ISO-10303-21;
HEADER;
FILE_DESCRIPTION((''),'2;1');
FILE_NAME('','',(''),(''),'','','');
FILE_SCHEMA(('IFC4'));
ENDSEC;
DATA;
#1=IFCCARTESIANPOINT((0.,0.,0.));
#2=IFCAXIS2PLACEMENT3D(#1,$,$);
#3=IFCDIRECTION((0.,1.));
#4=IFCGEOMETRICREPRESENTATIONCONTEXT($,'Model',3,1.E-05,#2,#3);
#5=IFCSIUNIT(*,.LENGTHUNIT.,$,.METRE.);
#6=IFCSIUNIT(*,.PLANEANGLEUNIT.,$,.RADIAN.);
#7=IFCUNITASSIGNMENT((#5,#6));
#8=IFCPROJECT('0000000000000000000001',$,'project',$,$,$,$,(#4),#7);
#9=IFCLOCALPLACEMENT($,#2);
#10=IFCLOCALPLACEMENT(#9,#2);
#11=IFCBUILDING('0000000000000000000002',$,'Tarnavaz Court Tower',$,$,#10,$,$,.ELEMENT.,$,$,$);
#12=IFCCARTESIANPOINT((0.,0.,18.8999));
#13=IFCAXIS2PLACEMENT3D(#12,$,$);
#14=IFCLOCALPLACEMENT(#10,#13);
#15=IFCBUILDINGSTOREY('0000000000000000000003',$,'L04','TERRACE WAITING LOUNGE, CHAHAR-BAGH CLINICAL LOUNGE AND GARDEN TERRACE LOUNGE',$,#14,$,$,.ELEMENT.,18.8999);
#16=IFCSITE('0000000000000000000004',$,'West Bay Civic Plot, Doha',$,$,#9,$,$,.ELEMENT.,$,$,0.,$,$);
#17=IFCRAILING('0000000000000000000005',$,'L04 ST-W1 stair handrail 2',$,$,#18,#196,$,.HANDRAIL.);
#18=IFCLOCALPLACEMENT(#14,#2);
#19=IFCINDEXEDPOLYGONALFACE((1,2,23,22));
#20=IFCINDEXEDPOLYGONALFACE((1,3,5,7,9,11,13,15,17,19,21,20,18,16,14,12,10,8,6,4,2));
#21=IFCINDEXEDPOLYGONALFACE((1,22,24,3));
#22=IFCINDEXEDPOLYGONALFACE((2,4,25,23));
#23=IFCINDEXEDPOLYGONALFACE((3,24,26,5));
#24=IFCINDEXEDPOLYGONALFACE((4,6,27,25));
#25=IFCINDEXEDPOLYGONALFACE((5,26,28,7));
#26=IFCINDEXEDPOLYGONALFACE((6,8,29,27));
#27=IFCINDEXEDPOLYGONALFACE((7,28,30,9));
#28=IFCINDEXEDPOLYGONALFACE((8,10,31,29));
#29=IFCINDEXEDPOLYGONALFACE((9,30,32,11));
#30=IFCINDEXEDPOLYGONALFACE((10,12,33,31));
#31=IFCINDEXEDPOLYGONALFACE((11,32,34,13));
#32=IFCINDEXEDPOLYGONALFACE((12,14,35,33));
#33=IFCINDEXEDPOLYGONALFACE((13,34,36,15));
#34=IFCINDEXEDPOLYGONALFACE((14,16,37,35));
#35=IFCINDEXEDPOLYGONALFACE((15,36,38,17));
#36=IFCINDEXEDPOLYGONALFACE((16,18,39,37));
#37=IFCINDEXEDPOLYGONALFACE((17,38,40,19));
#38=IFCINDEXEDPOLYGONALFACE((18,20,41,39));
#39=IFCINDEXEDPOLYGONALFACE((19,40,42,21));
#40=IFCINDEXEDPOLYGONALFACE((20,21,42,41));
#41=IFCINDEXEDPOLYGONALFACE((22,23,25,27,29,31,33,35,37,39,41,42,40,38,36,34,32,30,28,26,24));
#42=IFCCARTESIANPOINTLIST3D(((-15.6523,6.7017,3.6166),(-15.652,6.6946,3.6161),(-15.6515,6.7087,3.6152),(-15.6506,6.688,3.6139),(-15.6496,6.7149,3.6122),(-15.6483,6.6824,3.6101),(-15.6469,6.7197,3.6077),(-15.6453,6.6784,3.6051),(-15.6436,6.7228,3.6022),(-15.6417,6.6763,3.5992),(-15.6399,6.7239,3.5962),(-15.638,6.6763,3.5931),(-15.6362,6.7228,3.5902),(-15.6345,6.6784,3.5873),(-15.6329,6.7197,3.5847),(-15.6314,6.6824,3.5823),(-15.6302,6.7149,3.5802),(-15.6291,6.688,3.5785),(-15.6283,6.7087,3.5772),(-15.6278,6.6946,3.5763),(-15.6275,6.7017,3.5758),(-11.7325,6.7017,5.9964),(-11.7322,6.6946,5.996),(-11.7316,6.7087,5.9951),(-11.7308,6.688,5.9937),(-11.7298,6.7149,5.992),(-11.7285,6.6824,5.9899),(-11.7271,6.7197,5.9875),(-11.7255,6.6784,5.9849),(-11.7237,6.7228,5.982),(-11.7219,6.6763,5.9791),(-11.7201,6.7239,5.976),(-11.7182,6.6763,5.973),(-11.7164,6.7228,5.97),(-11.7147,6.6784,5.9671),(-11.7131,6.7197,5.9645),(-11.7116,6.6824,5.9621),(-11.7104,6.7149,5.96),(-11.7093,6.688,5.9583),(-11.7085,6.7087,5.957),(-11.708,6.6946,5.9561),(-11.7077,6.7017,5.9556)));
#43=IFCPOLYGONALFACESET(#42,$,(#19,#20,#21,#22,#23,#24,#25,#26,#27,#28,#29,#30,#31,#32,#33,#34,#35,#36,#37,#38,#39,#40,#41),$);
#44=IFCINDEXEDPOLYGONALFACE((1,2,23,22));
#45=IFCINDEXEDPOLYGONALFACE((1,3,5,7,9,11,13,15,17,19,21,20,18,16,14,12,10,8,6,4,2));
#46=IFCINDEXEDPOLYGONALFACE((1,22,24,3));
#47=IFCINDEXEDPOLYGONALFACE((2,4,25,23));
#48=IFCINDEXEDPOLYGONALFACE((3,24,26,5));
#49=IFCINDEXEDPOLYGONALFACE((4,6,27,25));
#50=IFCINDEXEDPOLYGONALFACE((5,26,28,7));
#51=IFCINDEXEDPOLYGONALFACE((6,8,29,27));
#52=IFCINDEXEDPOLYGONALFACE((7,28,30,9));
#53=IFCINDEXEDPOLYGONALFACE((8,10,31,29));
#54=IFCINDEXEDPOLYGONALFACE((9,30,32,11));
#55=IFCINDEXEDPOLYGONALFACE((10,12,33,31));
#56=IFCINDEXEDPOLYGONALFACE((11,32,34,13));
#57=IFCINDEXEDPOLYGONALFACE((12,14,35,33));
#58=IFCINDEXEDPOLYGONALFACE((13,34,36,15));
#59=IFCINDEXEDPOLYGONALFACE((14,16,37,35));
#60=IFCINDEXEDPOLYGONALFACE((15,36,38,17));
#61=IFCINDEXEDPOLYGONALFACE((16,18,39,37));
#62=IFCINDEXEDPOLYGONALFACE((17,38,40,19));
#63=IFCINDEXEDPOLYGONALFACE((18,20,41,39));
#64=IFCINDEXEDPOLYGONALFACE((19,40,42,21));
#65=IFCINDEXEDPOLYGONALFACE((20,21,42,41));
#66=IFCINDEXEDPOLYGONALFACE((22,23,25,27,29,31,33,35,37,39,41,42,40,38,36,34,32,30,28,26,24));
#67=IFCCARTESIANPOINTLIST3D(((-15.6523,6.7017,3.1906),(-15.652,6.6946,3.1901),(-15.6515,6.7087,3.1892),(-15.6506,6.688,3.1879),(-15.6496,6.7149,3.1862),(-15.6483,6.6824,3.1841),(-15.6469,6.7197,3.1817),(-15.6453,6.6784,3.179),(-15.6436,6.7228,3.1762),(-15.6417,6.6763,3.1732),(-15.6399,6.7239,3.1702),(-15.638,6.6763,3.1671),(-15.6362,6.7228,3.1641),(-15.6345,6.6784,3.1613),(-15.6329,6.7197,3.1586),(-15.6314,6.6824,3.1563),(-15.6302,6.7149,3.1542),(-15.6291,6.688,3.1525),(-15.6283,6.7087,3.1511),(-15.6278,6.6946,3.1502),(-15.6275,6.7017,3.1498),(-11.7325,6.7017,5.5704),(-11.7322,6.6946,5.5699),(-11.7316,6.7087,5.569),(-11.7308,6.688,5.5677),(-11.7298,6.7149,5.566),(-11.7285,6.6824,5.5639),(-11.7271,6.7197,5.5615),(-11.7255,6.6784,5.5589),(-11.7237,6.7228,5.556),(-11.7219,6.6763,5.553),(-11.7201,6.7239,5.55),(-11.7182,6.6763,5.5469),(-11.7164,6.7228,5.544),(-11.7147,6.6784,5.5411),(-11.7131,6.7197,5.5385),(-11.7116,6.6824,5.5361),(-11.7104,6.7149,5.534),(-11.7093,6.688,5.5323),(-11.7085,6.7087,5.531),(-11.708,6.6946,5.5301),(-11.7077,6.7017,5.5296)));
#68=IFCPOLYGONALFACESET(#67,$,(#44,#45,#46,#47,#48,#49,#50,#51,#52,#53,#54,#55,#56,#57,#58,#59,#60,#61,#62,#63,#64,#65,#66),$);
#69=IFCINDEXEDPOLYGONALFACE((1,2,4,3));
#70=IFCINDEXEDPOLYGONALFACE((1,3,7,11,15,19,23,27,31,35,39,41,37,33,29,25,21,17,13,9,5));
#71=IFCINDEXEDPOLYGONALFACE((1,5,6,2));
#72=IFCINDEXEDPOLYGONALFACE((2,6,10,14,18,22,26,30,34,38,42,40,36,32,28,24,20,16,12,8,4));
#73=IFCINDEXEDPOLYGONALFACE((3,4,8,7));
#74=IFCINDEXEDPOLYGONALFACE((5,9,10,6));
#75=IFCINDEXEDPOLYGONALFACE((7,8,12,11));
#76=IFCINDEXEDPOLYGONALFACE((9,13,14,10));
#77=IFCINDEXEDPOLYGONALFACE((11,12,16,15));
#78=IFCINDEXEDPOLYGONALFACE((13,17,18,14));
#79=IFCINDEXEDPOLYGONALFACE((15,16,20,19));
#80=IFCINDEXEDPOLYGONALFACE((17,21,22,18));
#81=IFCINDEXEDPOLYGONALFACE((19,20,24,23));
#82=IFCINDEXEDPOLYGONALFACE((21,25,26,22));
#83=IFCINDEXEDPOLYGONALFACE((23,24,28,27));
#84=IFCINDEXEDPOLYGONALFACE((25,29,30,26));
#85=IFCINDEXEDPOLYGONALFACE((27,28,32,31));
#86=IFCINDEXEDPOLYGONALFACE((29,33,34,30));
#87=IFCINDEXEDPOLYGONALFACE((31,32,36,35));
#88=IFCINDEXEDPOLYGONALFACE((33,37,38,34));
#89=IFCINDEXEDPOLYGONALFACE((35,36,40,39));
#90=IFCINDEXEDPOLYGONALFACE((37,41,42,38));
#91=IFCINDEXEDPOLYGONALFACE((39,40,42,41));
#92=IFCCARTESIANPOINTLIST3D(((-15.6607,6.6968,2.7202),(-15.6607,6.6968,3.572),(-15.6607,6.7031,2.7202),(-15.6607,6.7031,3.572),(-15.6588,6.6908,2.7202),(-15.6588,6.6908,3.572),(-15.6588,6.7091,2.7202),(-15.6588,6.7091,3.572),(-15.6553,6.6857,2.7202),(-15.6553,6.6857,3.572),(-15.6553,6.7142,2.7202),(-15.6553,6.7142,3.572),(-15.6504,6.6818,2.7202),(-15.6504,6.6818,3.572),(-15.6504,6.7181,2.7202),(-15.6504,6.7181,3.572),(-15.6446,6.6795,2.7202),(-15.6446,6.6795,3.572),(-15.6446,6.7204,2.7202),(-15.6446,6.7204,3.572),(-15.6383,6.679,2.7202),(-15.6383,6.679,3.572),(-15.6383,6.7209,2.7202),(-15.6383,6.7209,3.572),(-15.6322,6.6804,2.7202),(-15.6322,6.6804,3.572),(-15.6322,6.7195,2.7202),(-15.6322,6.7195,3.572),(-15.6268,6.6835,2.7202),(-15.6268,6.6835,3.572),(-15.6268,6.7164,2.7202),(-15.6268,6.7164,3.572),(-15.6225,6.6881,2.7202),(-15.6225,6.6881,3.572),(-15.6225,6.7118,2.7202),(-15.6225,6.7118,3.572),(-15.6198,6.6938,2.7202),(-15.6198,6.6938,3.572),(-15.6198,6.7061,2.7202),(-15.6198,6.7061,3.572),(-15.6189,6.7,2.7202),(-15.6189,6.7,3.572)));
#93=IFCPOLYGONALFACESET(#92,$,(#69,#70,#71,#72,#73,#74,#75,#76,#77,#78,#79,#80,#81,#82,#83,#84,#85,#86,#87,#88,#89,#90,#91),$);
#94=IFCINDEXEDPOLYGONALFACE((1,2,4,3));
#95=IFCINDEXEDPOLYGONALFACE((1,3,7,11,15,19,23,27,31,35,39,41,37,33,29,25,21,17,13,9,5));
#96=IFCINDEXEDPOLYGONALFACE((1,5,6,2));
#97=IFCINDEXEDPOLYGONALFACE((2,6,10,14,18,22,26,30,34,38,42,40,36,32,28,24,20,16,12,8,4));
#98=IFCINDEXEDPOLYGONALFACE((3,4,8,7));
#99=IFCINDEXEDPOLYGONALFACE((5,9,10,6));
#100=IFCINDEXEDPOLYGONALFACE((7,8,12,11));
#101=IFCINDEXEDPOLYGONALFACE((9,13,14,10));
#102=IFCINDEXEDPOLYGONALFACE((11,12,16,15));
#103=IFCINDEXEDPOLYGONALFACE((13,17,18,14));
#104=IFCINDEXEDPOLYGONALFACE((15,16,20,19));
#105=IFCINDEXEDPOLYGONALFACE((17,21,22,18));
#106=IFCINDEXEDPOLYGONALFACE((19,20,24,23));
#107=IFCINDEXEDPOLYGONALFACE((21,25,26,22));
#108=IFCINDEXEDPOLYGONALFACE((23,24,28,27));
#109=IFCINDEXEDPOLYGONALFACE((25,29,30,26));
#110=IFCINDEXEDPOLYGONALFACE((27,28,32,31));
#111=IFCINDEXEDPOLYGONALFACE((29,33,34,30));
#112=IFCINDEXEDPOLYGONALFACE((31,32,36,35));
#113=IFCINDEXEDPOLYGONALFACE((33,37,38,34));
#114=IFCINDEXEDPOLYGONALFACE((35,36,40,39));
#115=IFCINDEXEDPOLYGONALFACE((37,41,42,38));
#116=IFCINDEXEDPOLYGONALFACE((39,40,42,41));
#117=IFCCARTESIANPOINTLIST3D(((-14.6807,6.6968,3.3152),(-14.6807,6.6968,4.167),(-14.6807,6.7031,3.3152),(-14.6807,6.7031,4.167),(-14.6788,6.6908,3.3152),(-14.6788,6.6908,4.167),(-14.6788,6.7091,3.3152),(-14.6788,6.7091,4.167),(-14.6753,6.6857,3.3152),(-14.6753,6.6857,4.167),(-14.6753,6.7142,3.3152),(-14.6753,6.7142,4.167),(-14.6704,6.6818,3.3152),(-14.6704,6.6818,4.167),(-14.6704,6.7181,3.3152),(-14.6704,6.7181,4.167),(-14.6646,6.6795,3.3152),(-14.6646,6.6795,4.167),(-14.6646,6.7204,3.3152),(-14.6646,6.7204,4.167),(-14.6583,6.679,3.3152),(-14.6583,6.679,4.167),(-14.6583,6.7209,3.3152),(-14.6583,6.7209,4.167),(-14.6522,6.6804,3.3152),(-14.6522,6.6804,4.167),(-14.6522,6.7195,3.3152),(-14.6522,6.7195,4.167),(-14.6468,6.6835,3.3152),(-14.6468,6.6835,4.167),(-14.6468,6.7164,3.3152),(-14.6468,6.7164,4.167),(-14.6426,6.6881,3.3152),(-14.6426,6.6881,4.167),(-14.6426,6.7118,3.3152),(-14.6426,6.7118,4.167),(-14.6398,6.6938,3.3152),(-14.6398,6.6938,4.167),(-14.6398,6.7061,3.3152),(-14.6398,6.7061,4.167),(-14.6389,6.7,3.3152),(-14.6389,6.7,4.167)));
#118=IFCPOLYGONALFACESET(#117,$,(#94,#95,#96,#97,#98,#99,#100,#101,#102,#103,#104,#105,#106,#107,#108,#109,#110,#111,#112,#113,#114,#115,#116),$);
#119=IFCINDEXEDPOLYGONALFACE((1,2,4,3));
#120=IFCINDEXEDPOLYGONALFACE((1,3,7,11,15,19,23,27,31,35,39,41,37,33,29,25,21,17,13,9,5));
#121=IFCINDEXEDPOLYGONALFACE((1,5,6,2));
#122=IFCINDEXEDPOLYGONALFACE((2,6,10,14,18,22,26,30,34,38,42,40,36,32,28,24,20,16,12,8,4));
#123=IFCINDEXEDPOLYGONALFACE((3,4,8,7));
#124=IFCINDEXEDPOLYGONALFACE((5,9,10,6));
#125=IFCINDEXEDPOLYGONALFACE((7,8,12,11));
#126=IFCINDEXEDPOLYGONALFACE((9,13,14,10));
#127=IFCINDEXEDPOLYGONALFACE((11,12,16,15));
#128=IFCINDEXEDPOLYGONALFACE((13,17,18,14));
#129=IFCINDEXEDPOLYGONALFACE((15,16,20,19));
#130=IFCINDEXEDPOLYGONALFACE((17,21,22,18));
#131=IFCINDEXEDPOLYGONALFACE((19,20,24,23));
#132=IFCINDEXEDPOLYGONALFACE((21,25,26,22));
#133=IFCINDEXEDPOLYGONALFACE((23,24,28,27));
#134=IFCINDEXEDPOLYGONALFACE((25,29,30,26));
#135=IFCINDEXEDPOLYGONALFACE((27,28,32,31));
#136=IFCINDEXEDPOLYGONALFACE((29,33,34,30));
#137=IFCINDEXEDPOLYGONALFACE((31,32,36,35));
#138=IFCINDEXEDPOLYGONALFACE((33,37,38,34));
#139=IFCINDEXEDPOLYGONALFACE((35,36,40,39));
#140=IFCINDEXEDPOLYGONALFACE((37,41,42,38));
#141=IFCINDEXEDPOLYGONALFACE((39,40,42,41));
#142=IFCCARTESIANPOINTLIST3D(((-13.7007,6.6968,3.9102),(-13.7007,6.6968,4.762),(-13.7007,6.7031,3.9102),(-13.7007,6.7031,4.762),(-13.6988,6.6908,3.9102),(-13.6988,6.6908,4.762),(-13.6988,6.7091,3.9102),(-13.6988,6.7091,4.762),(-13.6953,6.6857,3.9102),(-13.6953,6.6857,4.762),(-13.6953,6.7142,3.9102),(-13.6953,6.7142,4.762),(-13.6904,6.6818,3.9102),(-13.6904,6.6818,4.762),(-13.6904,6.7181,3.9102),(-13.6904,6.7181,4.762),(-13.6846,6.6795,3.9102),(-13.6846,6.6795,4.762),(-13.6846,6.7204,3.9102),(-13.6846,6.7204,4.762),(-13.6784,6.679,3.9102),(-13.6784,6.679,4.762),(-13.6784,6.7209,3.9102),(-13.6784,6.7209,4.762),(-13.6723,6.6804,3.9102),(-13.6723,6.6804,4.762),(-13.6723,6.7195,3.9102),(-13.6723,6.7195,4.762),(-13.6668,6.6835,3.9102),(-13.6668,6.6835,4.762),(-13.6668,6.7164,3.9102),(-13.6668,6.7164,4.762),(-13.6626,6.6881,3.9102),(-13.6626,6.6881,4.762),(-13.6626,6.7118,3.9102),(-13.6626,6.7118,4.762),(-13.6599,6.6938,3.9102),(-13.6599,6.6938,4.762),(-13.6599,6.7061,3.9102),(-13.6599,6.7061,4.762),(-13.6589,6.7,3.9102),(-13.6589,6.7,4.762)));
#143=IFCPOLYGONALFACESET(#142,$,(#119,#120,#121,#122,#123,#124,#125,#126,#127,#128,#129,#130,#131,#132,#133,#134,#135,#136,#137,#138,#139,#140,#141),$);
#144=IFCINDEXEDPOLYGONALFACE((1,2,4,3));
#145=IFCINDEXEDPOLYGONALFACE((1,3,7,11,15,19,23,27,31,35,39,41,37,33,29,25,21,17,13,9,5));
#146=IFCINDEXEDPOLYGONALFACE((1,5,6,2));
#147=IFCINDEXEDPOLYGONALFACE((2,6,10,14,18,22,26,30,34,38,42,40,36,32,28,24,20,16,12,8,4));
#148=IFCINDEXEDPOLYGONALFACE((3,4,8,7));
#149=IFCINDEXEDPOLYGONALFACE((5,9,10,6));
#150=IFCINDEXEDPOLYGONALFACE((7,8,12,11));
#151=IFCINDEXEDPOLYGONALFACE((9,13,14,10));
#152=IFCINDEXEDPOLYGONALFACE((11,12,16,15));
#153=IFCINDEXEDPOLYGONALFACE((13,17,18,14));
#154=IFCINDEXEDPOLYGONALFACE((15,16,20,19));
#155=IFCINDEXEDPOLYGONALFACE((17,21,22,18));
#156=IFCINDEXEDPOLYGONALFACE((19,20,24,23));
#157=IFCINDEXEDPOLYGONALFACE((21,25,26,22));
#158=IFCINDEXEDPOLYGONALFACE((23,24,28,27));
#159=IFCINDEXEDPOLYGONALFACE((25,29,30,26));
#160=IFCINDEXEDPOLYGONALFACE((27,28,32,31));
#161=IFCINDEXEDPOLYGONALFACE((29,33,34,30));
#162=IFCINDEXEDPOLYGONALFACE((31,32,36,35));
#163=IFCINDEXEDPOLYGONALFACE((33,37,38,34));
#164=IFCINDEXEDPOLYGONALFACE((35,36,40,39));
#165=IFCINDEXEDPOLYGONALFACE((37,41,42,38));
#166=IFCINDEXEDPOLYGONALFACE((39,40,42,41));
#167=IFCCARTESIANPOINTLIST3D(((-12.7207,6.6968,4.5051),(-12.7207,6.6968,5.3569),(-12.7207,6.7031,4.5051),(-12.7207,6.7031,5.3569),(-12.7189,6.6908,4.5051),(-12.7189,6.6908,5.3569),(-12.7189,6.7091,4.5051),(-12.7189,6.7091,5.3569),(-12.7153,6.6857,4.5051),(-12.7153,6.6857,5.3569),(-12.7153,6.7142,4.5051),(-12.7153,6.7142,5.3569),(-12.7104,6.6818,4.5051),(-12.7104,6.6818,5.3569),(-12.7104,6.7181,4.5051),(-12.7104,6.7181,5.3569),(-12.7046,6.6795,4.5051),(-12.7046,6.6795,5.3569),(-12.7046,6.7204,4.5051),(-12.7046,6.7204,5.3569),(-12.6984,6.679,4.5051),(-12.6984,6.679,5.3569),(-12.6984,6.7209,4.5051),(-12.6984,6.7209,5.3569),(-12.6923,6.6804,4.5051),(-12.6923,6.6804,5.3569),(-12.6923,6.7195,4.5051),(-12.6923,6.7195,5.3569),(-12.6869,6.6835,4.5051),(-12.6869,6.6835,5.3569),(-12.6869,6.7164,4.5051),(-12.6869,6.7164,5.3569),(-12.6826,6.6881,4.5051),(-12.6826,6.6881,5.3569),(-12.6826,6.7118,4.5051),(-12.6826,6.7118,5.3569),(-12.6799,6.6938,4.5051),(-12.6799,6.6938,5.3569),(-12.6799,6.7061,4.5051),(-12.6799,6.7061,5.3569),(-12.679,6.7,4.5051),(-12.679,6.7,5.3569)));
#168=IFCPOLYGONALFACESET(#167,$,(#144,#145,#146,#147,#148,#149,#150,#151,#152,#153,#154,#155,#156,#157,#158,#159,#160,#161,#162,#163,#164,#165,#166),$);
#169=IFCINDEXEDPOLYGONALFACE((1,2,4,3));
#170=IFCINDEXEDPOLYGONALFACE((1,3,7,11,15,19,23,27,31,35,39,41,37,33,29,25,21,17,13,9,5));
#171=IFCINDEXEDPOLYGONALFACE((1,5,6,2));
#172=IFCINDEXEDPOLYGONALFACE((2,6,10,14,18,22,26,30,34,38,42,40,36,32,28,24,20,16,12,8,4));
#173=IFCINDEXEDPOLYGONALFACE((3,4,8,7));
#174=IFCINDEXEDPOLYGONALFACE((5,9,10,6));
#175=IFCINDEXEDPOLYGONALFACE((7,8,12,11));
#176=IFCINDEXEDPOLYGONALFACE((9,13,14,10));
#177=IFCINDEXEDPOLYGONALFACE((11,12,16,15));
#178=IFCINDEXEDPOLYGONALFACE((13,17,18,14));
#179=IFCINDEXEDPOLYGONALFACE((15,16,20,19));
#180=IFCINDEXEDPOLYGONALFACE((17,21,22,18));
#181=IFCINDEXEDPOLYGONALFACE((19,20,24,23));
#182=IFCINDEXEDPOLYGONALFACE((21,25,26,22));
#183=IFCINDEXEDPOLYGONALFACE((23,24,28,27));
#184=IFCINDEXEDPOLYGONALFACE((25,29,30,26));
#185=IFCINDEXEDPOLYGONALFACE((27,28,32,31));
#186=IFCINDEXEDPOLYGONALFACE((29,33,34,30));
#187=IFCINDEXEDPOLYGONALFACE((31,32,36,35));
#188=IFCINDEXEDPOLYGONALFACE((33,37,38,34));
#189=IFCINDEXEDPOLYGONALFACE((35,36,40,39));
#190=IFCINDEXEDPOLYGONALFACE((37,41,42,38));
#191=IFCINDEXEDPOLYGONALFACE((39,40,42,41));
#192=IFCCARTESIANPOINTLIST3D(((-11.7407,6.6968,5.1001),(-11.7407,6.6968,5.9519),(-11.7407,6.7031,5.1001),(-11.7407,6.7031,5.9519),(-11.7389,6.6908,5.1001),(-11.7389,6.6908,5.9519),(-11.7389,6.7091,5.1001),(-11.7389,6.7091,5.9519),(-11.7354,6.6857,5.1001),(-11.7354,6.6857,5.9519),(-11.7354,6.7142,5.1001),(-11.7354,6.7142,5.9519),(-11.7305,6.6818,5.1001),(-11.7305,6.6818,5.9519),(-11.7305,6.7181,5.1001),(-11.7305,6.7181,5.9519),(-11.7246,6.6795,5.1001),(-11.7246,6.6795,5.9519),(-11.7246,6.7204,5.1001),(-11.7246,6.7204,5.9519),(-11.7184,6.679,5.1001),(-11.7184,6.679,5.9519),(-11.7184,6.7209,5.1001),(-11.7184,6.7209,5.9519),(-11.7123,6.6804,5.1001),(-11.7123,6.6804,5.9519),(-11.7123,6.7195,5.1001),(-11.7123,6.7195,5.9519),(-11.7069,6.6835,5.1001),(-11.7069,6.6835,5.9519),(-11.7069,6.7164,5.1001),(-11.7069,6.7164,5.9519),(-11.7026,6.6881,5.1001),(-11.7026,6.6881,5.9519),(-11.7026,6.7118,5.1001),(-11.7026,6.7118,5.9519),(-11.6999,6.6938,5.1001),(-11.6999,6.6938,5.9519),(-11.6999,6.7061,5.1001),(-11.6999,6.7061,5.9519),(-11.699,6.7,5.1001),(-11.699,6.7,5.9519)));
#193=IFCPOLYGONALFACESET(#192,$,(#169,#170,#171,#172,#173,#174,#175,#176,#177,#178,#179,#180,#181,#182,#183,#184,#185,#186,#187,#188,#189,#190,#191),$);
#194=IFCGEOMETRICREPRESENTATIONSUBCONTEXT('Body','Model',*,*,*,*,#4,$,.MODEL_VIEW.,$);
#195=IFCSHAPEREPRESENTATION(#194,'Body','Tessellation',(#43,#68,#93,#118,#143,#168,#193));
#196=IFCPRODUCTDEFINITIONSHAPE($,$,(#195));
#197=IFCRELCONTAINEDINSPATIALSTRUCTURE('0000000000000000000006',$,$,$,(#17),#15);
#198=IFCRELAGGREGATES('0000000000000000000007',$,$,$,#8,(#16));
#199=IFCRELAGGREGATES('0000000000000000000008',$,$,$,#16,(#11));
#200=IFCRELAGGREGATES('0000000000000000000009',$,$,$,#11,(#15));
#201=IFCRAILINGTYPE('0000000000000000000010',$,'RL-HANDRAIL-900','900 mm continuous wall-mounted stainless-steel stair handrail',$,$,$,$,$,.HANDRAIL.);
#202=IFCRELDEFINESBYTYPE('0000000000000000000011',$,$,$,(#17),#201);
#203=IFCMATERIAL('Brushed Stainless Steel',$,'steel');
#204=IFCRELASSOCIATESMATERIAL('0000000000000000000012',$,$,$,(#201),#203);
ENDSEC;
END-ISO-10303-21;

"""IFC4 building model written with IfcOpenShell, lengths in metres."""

from ifc_helpers import new_model, si_unit, direction, frame, origin, origin_2d, place, context, subcontext, project, spatial, circle, extrude, material, type_object, element, save


model = new_model("IFC4")

# Units and contexts
model_context = context("Model", 3, precision=1e-05, world=origin(), true_north=direction((0.0, 1.0)))
body_context = subcontext(model_context, "Body", "Model", "MODEL_VIEW")
ifc_project = project(units=[si_unit("LENGTHUNIT", "METRE"), si_unit("PLANEANGLEUNIT", "RADIAN")], contexts=[model_context])

# Site, building, storey
site_placement = place(None, origin())
site = spatial("IfcSite", under=ifc_project, at=site_placement, Name="West Bay Civic Plot, Doha", CompositionType="ELEMENT", RefElevation=0.0)
building_placement = place(site_placement, origin())
building = spatial("IfcBuilding", under=site, at=building_placement, Name="Tarnavaz Court Tower", CompositionType="ELEMENT")
storey_placement = place(building_placement, frame((0.0, 0.0, 18.8999)))
storey = spatial("IfcBuildingStorey", under=building, at=storey_placement, Name="L04", Description="TERRACE WAITING LOUNGE, CHAHAR-BAGH CLINICAL LOUNGE AND GARDEN TERRACE LOUNGE", CompositionType="ELEMENT", Elevation=18.8999)

# Railing
ifc_material_1 = material(Name="Brushed Stainless Steel", Category="steel")
railing_type_1 = type_object("IfcRailingType", Name="RL-HANDRAIL-900", Description="900 mm continuous wall-mounted stainless-steel stair handrail", PredefinedType="HANDRAIL", material=ifc_material_1)
railing_1_placement = place(storey_placement, frame((-15.6399, 6.7, 2.7202)))
element("IfcRailing", 1, at=railing_1_placement, inside=storey, type_object=railing_type_1, Name="L04 ST-W1 stair handrail 2", PredefinedType="HANDRAIL", context=body_context, shape_type="SweptSolid", body=[
    extrude(circle(Radius=0.0239, at=origin_2d()), frame((0.0, 0.0, 0.876), z_axis=(0.854794, 0.0, 0.518967), x_axis=(0.0, 1.0, 0.0)), (0.0, 0.0, 1.0), 4.5857),
    extrude(circle(Radius=0.0239, at=origin_2d()), frame((0.0, 0.0, 0.45), z_axis=(0.854794, 0.0, 0.518967), x_axis=(0.0, 1.0, 0.0)), (0.0, 0.0, 1.0), 4.5857),
    extrude(circle(Radius=0.021, at=origin_2d()), origin(), (0.0, 0.0, 1.0), 0.8518),
    extrude(circle(Radius=0.021, at=origin_2d()), frame((0.98, 0.0, 0.595)), (0.0, 0.0, 1.0), 0.8518),
    extrude(circle(Radius=0.021, at=origin_2d()), frame((1.96, 0.0, 1.1899)), (0.0, 0.0, 1.0), 0.8518),
    extrude(circle(Radius=0.021, at=origin_2d()), frame((2.9399, 0.0, 1.7849)), (0.0, 0.0, 1.0), 0.8518),
    extrude(circle(Radius=0.021, at=origin_2d()), frame((3.9199, 0.0, 2.3799)), (0.0, 0.0, 1.0), 0.8518),
])

save(model, "model.ifc")
